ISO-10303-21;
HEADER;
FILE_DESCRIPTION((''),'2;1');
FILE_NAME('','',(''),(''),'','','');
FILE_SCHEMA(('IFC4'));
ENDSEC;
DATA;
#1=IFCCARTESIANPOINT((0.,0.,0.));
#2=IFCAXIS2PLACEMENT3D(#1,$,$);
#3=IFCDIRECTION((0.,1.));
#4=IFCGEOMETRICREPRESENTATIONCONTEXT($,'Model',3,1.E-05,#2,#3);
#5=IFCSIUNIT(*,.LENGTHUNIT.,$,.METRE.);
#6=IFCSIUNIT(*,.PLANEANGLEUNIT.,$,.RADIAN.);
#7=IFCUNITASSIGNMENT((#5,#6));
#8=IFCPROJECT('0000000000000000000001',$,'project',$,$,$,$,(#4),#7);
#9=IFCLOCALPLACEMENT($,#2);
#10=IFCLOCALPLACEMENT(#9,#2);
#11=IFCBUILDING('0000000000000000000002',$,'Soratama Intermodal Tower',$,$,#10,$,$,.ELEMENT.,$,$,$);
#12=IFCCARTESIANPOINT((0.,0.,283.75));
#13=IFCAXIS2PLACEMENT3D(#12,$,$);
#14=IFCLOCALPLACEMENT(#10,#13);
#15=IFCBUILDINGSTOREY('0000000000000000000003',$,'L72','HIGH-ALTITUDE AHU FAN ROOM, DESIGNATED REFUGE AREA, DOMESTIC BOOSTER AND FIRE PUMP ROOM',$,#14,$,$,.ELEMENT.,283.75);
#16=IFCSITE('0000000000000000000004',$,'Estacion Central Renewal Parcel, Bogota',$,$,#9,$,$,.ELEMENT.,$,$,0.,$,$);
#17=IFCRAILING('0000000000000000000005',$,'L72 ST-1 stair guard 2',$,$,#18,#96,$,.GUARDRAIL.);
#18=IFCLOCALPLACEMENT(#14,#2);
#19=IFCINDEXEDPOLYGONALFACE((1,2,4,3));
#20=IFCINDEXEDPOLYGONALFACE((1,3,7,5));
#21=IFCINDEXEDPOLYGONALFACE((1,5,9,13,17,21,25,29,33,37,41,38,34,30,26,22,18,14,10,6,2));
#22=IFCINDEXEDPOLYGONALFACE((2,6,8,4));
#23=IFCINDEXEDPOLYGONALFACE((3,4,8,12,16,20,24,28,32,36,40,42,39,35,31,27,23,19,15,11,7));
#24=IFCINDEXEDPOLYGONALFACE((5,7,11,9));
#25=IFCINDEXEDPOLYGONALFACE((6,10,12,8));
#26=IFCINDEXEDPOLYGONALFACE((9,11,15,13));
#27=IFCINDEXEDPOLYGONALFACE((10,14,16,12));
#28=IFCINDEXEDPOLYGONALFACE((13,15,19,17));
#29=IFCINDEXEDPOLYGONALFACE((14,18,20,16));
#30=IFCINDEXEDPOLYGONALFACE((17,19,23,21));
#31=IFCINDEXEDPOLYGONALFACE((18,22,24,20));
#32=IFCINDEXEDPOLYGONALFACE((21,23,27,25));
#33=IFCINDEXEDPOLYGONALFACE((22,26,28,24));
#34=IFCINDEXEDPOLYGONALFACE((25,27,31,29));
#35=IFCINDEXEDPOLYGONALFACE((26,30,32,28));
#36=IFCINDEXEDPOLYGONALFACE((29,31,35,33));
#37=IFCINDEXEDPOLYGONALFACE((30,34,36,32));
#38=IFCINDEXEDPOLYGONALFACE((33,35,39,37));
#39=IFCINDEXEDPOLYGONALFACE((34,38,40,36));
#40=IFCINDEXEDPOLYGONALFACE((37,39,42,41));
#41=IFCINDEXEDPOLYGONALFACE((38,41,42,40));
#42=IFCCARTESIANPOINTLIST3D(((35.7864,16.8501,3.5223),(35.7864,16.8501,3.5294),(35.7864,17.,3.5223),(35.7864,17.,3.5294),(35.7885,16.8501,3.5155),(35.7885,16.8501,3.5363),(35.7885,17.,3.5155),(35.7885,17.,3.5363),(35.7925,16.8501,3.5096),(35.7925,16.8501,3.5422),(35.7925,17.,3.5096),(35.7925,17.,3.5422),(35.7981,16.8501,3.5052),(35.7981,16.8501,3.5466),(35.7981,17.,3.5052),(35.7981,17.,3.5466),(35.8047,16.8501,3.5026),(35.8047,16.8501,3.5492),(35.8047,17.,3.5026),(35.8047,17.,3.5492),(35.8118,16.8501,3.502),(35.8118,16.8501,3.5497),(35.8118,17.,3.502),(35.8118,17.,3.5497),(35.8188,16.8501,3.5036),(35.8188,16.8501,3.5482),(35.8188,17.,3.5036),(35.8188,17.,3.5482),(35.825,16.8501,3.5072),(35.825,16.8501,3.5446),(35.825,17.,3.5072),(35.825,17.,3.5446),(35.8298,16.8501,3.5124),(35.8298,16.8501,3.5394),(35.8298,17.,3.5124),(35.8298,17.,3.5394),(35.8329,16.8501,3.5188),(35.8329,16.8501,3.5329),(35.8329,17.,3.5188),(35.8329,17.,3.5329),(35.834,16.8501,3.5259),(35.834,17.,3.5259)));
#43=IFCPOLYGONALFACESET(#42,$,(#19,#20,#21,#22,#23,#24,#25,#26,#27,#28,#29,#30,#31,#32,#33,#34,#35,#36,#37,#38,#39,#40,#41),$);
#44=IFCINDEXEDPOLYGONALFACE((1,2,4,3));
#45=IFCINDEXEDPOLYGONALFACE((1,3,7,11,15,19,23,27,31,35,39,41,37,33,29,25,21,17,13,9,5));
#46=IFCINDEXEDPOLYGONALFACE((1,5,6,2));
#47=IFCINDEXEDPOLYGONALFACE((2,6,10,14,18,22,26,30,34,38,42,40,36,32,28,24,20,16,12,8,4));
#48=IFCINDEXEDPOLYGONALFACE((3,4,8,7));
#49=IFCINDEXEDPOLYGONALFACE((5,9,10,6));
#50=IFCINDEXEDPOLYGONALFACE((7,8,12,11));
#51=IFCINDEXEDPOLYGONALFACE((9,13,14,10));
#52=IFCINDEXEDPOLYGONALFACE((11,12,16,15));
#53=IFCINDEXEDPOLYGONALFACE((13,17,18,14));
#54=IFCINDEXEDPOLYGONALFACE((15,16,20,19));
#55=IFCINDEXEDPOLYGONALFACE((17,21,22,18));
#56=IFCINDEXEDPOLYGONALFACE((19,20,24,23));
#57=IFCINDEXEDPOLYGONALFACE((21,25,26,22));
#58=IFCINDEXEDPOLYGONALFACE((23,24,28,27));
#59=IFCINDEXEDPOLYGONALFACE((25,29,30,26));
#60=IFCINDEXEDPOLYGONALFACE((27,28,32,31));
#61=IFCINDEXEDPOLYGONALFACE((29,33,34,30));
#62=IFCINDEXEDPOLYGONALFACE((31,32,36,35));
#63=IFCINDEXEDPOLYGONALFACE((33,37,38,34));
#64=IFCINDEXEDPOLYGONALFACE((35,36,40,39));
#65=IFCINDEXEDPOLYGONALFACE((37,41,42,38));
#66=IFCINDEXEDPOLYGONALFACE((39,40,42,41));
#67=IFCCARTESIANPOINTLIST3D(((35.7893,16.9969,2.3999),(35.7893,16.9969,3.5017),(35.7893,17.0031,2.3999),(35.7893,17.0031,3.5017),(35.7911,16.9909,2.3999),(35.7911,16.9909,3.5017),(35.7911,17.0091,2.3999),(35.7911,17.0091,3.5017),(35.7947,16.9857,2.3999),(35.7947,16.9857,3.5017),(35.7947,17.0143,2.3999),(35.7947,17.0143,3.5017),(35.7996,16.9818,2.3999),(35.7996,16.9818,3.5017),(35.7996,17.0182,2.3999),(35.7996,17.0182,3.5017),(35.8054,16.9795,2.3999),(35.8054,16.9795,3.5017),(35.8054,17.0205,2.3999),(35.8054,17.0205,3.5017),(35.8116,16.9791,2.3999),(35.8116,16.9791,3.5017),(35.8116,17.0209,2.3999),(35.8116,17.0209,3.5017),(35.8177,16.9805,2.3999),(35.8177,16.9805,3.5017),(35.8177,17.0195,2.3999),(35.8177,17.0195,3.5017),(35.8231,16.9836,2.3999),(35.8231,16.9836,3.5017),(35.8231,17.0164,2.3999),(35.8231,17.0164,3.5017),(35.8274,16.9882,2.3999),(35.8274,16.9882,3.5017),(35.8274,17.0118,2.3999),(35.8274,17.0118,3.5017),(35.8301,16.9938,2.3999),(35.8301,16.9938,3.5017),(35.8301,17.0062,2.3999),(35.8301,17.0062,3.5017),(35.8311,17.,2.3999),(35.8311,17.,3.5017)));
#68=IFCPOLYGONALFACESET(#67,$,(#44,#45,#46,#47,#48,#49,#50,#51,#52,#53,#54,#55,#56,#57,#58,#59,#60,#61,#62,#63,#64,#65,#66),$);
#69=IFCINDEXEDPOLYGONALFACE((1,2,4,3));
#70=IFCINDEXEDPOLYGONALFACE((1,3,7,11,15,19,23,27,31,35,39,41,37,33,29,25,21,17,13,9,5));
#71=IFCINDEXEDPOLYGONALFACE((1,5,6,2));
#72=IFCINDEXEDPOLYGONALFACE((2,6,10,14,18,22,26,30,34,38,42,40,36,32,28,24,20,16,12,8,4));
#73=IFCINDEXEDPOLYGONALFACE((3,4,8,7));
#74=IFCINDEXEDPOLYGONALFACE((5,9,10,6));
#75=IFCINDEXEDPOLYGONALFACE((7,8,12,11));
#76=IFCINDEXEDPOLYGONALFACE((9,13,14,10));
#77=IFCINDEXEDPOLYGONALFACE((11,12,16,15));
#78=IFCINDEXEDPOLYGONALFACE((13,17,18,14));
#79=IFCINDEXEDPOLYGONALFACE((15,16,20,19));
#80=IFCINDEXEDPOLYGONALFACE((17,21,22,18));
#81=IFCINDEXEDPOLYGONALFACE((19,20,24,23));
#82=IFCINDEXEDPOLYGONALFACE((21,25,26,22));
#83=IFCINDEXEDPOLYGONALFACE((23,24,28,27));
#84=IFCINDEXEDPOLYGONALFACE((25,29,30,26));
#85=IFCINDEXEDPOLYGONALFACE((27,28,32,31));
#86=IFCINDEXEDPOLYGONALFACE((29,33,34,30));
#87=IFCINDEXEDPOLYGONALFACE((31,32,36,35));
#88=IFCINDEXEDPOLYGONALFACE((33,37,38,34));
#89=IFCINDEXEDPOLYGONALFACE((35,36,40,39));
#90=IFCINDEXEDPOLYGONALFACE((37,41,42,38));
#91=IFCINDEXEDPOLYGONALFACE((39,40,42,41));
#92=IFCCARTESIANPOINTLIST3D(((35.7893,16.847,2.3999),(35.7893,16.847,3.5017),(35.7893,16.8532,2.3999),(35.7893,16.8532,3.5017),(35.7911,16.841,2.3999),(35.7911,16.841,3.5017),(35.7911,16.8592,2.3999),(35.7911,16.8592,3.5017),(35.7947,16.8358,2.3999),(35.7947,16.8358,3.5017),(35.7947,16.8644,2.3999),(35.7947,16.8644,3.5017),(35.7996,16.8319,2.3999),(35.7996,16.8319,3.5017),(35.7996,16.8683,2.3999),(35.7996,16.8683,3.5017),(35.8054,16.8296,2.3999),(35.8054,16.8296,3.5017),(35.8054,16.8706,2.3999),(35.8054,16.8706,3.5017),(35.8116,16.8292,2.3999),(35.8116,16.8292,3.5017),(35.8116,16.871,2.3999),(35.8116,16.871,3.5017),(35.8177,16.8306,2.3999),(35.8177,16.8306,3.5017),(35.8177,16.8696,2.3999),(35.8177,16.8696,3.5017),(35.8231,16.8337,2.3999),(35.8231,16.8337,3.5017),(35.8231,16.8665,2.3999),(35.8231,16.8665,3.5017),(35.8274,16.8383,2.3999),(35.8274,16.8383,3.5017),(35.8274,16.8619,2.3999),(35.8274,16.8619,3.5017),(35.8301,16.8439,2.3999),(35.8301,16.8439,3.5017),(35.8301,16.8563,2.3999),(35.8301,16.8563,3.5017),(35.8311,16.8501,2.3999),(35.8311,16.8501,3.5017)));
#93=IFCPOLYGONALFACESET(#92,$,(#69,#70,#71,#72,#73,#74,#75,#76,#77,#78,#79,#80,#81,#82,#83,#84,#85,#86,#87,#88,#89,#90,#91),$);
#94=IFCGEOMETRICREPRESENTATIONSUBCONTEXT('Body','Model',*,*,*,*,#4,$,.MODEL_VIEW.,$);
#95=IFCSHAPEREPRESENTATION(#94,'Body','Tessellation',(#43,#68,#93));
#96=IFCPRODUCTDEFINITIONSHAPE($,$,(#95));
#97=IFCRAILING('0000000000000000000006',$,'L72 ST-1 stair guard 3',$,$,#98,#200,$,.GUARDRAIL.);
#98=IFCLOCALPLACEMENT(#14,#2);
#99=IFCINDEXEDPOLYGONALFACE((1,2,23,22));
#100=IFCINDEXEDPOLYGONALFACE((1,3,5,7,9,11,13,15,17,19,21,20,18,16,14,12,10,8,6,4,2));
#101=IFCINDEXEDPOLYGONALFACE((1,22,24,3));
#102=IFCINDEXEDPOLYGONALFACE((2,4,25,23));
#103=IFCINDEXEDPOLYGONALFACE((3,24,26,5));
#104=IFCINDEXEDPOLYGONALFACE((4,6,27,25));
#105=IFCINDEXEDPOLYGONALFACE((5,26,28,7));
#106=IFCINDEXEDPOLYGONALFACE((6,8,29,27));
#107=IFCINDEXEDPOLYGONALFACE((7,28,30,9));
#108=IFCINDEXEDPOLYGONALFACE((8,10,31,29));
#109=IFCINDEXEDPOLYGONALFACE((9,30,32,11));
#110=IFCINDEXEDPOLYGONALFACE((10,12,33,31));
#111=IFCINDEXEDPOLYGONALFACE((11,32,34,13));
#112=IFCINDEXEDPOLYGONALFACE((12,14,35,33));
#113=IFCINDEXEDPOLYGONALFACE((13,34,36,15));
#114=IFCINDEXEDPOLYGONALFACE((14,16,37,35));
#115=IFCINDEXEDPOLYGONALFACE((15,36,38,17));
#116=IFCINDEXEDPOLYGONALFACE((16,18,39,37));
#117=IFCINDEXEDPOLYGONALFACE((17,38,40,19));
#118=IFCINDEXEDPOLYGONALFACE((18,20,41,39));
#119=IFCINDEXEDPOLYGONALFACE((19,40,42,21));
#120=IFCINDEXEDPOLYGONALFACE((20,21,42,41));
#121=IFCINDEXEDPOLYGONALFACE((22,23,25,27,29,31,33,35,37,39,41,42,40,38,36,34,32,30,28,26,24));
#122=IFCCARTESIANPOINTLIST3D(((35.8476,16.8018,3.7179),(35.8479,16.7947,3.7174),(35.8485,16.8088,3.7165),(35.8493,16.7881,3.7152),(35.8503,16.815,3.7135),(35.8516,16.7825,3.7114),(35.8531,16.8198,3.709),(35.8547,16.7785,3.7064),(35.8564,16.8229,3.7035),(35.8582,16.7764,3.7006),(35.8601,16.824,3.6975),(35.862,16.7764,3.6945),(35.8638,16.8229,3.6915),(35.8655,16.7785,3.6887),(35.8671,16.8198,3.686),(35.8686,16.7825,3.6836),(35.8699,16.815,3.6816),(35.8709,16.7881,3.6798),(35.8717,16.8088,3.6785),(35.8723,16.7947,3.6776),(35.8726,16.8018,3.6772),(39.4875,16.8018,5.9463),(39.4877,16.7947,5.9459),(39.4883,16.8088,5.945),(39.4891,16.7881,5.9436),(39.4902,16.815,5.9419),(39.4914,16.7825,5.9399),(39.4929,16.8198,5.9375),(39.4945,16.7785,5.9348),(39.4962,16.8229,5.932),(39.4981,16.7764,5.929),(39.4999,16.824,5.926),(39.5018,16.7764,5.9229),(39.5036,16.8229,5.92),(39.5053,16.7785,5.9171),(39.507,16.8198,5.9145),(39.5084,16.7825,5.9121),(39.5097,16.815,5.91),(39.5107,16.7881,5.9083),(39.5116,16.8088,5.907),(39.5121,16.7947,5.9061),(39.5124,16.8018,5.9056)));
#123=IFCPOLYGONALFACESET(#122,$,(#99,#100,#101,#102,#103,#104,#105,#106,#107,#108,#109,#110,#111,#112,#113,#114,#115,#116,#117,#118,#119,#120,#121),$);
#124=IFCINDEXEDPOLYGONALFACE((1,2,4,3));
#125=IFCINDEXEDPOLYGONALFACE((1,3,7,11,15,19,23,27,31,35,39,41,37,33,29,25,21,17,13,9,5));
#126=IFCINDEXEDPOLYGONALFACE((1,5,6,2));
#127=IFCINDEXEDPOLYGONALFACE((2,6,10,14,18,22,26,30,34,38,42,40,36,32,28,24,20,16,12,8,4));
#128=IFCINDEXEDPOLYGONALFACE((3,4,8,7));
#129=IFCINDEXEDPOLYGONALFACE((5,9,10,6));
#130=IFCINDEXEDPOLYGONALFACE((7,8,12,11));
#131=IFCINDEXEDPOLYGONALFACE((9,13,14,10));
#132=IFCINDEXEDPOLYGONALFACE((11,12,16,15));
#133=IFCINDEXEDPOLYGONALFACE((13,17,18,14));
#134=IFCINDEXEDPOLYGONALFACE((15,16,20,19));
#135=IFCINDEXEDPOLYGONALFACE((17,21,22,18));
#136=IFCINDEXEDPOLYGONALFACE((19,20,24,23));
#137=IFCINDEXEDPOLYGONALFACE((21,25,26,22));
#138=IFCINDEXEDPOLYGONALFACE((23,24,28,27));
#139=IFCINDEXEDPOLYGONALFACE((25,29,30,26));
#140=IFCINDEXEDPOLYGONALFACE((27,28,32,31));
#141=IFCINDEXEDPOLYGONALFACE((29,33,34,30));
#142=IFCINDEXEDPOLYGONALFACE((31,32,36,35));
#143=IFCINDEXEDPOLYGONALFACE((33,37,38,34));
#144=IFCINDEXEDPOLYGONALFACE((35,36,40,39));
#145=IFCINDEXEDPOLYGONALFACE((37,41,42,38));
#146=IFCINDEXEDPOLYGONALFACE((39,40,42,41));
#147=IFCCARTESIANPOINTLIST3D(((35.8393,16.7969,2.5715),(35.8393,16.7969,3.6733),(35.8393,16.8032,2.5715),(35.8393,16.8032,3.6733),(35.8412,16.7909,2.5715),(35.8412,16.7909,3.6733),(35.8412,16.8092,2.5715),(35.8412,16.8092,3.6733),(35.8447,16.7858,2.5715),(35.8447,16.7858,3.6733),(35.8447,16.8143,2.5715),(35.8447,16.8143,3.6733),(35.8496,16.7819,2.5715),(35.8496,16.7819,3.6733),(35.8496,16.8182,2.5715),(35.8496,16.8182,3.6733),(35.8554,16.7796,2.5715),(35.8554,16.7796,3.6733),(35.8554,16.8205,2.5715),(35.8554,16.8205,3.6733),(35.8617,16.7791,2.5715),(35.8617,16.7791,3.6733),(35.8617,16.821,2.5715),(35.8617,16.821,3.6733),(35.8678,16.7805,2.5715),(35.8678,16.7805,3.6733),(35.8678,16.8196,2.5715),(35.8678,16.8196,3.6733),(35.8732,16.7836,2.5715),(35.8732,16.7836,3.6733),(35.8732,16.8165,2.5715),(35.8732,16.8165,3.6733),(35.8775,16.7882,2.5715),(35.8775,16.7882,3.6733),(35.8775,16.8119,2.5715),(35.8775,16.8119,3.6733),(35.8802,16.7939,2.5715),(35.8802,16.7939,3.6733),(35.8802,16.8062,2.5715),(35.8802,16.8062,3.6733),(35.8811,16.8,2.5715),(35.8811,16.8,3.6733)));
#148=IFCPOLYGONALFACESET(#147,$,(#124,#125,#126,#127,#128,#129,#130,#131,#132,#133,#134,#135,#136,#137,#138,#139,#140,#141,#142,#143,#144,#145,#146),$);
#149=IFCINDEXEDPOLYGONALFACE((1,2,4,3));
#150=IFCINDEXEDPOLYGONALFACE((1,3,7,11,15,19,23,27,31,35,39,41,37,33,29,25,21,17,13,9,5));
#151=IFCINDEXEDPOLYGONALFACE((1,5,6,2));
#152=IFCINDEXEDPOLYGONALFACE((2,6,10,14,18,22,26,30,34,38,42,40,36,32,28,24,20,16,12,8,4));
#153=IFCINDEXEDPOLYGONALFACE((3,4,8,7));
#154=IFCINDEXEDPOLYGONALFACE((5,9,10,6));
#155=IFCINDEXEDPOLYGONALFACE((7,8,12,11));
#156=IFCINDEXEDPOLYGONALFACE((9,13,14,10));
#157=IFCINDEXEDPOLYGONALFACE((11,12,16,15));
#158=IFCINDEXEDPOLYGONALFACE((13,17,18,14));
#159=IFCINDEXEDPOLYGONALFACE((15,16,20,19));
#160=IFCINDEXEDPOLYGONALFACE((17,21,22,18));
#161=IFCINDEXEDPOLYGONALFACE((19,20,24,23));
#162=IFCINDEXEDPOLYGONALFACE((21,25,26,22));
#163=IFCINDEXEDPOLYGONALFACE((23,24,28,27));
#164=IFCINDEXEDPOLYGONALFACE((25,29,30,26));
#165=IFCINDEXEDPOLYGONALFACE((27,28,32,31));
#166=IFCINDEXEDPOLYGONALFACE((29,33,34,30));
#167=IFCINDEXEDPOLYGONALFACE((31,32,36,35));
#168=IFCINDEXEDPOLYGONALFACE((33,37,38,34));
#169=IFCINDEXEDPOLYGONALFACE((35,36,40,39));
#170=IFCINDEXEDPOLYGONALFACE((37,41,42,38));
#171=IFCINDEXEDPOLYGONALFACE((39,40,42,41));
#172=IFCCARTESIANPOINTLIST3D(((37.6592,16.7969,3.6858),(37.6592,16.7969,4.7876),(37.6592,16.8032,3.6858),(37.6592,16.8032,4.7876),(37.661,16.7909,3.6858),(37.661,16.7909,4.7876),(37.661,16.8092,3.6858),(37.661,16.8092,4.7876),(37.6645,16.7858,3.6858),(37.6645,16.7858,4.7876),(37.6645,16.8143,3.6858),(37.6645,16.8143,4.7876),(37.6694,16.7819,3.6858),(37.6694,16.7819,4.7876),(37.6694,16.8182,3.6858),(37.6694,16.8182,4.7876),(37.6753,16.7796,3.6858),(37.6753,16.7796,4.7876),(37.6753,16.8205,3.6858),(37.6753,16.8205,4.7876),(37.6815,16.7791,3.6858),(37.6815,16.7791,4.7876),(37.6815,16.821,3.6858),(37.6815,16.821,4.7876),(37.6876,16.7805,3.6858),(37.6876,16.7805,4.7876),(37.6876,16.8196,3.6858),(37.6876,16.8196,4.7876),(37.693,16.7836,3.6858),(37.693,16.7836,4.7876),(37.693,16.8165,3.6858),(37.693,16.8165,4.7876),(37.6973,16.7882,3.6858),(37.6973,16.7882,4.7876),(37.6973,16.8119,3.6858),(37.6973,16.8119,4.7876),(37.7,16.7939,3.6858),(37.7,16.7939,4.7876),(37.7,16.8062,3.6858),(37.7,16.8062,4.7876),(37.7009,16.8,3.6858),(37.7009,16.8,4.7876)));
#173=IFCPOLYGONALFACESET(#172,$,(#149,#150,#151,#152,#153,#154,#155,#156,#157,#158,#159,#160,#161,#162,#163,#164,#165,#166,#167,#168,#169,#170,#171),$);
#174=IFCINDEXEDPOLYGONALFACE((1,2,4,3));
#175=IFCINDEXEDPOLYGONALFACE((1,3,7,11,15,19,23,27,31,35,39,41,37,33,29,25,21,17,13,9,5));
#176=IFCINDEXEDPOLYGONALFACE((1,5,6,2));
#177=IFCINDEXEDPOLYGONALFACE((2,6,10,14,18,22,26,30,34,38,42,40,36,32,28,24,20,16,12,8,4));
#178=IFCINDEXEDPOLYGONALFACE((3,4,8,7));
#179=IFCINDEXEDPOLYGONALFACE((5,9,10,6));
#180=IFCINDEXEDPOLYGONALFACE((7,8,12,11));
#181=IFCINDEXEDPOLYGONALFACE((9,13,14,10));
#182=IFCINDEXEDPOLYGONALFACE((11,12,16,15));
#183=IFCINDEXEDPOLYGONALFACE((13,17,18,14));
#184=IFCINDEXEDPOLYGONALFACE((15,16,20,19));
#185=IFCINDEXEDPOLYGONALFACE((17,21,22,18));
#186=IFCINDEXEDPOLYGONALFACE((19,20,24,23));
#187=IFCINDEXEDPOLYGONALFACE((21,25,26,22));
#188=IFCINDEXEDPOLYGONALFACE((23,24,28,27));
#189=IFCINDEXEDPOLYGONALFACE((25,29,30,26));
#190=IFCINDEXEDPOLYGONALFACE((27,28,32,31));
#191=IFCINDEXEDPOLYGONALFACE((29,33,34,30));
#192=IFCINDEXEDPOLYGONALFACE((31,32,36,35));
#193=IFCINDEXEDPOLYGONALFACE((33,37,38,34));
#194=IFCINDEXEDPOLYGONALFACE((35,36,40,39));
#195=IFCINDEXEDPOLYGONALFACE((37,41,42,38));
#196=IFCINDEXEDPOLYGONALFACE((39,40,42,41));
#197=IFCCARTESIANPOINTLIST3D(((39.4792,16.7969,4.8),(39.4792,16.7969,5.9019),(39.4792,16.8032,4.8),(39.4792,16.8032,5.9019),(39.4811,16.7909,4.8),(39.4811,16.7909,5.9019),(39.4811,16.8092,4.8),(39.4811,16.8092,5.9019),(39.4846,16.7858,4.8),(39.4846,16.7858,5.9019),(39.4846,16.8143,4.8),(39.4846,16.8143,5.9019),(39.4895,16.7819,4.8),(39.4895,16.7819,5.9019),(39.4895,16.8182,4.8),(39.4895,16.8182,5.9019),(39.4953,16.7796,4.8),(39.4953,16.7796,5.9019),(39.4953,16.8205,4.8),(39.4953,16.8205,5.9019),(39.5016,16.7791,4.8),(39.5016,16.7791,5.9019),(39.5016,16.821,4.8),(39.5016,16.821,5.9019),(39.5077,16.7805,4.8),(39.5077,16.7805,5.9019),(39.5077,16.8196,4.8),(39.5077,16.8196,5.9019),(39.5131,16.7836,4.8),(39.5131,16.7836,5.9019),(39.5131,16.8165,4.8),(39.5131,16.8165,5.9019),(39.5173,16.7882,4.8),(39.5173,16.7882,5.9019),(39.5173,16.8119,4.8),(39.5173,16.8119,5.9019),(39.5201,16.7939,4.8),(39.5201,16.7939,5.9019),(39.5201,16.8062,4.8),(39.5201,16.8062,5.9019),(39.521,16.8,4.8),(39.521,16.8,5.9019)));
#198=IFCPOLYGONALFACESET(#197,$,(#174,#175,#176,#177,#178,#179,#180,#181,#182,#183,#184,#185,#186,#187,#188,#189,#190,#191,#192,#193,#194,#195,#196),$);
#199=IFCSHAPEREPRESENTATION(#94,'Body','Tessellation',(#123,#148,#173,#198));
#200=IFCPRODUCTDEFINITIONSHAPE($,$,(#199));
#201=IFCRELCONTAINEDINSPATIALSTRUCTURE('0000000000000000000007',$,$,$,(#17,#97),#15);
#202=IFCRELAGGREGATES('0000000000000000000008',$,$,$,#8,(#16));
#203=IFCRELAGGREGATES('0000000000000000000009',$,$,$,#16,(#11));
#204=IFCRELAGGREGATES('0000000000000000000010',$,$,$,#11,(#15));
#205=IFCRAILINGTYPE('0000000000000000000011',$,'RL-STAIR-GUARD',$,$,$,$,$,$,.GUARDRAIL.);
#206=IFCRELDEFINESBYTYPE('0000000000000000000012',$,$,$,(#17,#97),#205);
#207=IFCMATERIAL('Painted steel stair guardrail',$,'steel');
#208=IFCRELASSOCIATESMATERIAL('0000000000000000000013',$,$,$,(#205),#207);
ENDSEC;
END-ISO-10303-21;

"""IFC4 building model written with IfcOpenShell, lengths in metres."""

from ifc_helpers import new_model, si_unit, direction, frame, origin, origin_2d, place, context, subcontext, project, spatial, circle, extrude, material, type_object, element, save


model = new_model("IFC4")

# Units and contexts
model_context = context("Model", 3, precision=1e-05, world=origin(), true_north=direction((0.0, 1.0)))
body_context = subcontext(model_context, "Body", "Model", "MODEL_VIEW")
ifc_project = project(units=[si_unit("LENGTHUNIT", "METRE"), si_unit("PLANEANGLEUNIT", "RADIAN")], contexts=[model_context])

# Site, building, storey
site_placement = place(None, origin())
site = spatial("IfcSite", under=ifc_project, at=site_placement, Name="Estacion Central Renewal Parcel, Bogota", CompositionType="ELEMENT", RefElevation=0.0)
building_placement = place(site_placement, origin())
building = spatial("IfcBuilding", under=site, at=building_placement, Name="Soratama Intermodal Tower", CompositionType="ELEMENT")
storey_placement = place(building_placement, frame((0.0, 0.0, 283.75)))
storey = spatial("IfcBuildingStorey", under=building, at=storey_placement, Name="L72", Description="HIGH-ALTITUDE AHU FAN ROOM, DESIGNATED REFUGE AREA, DOMESTIC BOOSTER AND FIRE PUMP ROOM", CompositionType="ELEMENT", Elevation=283.75)

# Railings
ifc_material_1 = material(Name="Painted steel stair guardrail", Category="steel")
railing_type_1 = type_object("IfcRailingType", Name="RL-STAIR-GUARD", PredefinedType="GUARDRAIL", material=ifc_material_1)
railing_1_placement = place(storey_placement, frame((35.8101, 17.0, 2.3999)))
element("IfcRailing", 1, at=railing_1_placement, inside=storey, type_object=railing_type_1, Name="L72 ST-1 stair guard 2", PredefinedType="GUARDRAIL", context=body_context, shape_type="SweptSolid", body=[
    extrude(circle(Radius=0.0239, at=origin_2d()), frame((0.0, 0.0, 1.126), z_axis=(0.0, -1.0, 0.0), x_axis=(1.0, 0.0, 0.0)), (0.0, 0.0, 1.0), 0.1499),
    extrude(circle(Radius=0.021, at=origin_2d()), origin(), (0.0, 0.0, 1.0), 1.1018),
    extrude(circle(Radius=0.021, at=origin_2d()), frame((0.0, -0.1499, 0.0)), (0.0, 0.0, 1.0), 1.1018),
])
railing_2_placement = place(storey_placement, frame((35.8601, 16.8, 2.5715)))
element("IfcRailing", 2, at=railing_2_placement, inside=storey, type_object=railing_type_1, Name="L72 ST-1 stair guard 3", PredefinedType="GUARDRAIL", context=body_context, shape_type="SweptSolid", body=[
    extrude(circle(Radius=0.0239, at=origin_2d()), frame((0.0, 0.0, 1.126), z_axis=(0.85285, 0.0, 0.522156), x_axis=(0.0, 1.0, 0.0)), (0.0, 0.0, 1.0), 4.2678),
    extrude(circle(Radius=0.021, at=origin_2d()), origin(), (0.0, 0.0, 1.0), 1.1018),
    extrude(circle(Radius=0.021, at=origin_2d()), frame((1.8198, 0.0, 1.1143)), (0.0, 0.0, 1.0), 1.1018),
    extrude(circle(Radius=0.021, at=origin_2d()), frame((3.6399, 0.0, 2.2285)), (0.0, 0.0, 1.0), 1.1018),
])

save(model, "model.ifc")
